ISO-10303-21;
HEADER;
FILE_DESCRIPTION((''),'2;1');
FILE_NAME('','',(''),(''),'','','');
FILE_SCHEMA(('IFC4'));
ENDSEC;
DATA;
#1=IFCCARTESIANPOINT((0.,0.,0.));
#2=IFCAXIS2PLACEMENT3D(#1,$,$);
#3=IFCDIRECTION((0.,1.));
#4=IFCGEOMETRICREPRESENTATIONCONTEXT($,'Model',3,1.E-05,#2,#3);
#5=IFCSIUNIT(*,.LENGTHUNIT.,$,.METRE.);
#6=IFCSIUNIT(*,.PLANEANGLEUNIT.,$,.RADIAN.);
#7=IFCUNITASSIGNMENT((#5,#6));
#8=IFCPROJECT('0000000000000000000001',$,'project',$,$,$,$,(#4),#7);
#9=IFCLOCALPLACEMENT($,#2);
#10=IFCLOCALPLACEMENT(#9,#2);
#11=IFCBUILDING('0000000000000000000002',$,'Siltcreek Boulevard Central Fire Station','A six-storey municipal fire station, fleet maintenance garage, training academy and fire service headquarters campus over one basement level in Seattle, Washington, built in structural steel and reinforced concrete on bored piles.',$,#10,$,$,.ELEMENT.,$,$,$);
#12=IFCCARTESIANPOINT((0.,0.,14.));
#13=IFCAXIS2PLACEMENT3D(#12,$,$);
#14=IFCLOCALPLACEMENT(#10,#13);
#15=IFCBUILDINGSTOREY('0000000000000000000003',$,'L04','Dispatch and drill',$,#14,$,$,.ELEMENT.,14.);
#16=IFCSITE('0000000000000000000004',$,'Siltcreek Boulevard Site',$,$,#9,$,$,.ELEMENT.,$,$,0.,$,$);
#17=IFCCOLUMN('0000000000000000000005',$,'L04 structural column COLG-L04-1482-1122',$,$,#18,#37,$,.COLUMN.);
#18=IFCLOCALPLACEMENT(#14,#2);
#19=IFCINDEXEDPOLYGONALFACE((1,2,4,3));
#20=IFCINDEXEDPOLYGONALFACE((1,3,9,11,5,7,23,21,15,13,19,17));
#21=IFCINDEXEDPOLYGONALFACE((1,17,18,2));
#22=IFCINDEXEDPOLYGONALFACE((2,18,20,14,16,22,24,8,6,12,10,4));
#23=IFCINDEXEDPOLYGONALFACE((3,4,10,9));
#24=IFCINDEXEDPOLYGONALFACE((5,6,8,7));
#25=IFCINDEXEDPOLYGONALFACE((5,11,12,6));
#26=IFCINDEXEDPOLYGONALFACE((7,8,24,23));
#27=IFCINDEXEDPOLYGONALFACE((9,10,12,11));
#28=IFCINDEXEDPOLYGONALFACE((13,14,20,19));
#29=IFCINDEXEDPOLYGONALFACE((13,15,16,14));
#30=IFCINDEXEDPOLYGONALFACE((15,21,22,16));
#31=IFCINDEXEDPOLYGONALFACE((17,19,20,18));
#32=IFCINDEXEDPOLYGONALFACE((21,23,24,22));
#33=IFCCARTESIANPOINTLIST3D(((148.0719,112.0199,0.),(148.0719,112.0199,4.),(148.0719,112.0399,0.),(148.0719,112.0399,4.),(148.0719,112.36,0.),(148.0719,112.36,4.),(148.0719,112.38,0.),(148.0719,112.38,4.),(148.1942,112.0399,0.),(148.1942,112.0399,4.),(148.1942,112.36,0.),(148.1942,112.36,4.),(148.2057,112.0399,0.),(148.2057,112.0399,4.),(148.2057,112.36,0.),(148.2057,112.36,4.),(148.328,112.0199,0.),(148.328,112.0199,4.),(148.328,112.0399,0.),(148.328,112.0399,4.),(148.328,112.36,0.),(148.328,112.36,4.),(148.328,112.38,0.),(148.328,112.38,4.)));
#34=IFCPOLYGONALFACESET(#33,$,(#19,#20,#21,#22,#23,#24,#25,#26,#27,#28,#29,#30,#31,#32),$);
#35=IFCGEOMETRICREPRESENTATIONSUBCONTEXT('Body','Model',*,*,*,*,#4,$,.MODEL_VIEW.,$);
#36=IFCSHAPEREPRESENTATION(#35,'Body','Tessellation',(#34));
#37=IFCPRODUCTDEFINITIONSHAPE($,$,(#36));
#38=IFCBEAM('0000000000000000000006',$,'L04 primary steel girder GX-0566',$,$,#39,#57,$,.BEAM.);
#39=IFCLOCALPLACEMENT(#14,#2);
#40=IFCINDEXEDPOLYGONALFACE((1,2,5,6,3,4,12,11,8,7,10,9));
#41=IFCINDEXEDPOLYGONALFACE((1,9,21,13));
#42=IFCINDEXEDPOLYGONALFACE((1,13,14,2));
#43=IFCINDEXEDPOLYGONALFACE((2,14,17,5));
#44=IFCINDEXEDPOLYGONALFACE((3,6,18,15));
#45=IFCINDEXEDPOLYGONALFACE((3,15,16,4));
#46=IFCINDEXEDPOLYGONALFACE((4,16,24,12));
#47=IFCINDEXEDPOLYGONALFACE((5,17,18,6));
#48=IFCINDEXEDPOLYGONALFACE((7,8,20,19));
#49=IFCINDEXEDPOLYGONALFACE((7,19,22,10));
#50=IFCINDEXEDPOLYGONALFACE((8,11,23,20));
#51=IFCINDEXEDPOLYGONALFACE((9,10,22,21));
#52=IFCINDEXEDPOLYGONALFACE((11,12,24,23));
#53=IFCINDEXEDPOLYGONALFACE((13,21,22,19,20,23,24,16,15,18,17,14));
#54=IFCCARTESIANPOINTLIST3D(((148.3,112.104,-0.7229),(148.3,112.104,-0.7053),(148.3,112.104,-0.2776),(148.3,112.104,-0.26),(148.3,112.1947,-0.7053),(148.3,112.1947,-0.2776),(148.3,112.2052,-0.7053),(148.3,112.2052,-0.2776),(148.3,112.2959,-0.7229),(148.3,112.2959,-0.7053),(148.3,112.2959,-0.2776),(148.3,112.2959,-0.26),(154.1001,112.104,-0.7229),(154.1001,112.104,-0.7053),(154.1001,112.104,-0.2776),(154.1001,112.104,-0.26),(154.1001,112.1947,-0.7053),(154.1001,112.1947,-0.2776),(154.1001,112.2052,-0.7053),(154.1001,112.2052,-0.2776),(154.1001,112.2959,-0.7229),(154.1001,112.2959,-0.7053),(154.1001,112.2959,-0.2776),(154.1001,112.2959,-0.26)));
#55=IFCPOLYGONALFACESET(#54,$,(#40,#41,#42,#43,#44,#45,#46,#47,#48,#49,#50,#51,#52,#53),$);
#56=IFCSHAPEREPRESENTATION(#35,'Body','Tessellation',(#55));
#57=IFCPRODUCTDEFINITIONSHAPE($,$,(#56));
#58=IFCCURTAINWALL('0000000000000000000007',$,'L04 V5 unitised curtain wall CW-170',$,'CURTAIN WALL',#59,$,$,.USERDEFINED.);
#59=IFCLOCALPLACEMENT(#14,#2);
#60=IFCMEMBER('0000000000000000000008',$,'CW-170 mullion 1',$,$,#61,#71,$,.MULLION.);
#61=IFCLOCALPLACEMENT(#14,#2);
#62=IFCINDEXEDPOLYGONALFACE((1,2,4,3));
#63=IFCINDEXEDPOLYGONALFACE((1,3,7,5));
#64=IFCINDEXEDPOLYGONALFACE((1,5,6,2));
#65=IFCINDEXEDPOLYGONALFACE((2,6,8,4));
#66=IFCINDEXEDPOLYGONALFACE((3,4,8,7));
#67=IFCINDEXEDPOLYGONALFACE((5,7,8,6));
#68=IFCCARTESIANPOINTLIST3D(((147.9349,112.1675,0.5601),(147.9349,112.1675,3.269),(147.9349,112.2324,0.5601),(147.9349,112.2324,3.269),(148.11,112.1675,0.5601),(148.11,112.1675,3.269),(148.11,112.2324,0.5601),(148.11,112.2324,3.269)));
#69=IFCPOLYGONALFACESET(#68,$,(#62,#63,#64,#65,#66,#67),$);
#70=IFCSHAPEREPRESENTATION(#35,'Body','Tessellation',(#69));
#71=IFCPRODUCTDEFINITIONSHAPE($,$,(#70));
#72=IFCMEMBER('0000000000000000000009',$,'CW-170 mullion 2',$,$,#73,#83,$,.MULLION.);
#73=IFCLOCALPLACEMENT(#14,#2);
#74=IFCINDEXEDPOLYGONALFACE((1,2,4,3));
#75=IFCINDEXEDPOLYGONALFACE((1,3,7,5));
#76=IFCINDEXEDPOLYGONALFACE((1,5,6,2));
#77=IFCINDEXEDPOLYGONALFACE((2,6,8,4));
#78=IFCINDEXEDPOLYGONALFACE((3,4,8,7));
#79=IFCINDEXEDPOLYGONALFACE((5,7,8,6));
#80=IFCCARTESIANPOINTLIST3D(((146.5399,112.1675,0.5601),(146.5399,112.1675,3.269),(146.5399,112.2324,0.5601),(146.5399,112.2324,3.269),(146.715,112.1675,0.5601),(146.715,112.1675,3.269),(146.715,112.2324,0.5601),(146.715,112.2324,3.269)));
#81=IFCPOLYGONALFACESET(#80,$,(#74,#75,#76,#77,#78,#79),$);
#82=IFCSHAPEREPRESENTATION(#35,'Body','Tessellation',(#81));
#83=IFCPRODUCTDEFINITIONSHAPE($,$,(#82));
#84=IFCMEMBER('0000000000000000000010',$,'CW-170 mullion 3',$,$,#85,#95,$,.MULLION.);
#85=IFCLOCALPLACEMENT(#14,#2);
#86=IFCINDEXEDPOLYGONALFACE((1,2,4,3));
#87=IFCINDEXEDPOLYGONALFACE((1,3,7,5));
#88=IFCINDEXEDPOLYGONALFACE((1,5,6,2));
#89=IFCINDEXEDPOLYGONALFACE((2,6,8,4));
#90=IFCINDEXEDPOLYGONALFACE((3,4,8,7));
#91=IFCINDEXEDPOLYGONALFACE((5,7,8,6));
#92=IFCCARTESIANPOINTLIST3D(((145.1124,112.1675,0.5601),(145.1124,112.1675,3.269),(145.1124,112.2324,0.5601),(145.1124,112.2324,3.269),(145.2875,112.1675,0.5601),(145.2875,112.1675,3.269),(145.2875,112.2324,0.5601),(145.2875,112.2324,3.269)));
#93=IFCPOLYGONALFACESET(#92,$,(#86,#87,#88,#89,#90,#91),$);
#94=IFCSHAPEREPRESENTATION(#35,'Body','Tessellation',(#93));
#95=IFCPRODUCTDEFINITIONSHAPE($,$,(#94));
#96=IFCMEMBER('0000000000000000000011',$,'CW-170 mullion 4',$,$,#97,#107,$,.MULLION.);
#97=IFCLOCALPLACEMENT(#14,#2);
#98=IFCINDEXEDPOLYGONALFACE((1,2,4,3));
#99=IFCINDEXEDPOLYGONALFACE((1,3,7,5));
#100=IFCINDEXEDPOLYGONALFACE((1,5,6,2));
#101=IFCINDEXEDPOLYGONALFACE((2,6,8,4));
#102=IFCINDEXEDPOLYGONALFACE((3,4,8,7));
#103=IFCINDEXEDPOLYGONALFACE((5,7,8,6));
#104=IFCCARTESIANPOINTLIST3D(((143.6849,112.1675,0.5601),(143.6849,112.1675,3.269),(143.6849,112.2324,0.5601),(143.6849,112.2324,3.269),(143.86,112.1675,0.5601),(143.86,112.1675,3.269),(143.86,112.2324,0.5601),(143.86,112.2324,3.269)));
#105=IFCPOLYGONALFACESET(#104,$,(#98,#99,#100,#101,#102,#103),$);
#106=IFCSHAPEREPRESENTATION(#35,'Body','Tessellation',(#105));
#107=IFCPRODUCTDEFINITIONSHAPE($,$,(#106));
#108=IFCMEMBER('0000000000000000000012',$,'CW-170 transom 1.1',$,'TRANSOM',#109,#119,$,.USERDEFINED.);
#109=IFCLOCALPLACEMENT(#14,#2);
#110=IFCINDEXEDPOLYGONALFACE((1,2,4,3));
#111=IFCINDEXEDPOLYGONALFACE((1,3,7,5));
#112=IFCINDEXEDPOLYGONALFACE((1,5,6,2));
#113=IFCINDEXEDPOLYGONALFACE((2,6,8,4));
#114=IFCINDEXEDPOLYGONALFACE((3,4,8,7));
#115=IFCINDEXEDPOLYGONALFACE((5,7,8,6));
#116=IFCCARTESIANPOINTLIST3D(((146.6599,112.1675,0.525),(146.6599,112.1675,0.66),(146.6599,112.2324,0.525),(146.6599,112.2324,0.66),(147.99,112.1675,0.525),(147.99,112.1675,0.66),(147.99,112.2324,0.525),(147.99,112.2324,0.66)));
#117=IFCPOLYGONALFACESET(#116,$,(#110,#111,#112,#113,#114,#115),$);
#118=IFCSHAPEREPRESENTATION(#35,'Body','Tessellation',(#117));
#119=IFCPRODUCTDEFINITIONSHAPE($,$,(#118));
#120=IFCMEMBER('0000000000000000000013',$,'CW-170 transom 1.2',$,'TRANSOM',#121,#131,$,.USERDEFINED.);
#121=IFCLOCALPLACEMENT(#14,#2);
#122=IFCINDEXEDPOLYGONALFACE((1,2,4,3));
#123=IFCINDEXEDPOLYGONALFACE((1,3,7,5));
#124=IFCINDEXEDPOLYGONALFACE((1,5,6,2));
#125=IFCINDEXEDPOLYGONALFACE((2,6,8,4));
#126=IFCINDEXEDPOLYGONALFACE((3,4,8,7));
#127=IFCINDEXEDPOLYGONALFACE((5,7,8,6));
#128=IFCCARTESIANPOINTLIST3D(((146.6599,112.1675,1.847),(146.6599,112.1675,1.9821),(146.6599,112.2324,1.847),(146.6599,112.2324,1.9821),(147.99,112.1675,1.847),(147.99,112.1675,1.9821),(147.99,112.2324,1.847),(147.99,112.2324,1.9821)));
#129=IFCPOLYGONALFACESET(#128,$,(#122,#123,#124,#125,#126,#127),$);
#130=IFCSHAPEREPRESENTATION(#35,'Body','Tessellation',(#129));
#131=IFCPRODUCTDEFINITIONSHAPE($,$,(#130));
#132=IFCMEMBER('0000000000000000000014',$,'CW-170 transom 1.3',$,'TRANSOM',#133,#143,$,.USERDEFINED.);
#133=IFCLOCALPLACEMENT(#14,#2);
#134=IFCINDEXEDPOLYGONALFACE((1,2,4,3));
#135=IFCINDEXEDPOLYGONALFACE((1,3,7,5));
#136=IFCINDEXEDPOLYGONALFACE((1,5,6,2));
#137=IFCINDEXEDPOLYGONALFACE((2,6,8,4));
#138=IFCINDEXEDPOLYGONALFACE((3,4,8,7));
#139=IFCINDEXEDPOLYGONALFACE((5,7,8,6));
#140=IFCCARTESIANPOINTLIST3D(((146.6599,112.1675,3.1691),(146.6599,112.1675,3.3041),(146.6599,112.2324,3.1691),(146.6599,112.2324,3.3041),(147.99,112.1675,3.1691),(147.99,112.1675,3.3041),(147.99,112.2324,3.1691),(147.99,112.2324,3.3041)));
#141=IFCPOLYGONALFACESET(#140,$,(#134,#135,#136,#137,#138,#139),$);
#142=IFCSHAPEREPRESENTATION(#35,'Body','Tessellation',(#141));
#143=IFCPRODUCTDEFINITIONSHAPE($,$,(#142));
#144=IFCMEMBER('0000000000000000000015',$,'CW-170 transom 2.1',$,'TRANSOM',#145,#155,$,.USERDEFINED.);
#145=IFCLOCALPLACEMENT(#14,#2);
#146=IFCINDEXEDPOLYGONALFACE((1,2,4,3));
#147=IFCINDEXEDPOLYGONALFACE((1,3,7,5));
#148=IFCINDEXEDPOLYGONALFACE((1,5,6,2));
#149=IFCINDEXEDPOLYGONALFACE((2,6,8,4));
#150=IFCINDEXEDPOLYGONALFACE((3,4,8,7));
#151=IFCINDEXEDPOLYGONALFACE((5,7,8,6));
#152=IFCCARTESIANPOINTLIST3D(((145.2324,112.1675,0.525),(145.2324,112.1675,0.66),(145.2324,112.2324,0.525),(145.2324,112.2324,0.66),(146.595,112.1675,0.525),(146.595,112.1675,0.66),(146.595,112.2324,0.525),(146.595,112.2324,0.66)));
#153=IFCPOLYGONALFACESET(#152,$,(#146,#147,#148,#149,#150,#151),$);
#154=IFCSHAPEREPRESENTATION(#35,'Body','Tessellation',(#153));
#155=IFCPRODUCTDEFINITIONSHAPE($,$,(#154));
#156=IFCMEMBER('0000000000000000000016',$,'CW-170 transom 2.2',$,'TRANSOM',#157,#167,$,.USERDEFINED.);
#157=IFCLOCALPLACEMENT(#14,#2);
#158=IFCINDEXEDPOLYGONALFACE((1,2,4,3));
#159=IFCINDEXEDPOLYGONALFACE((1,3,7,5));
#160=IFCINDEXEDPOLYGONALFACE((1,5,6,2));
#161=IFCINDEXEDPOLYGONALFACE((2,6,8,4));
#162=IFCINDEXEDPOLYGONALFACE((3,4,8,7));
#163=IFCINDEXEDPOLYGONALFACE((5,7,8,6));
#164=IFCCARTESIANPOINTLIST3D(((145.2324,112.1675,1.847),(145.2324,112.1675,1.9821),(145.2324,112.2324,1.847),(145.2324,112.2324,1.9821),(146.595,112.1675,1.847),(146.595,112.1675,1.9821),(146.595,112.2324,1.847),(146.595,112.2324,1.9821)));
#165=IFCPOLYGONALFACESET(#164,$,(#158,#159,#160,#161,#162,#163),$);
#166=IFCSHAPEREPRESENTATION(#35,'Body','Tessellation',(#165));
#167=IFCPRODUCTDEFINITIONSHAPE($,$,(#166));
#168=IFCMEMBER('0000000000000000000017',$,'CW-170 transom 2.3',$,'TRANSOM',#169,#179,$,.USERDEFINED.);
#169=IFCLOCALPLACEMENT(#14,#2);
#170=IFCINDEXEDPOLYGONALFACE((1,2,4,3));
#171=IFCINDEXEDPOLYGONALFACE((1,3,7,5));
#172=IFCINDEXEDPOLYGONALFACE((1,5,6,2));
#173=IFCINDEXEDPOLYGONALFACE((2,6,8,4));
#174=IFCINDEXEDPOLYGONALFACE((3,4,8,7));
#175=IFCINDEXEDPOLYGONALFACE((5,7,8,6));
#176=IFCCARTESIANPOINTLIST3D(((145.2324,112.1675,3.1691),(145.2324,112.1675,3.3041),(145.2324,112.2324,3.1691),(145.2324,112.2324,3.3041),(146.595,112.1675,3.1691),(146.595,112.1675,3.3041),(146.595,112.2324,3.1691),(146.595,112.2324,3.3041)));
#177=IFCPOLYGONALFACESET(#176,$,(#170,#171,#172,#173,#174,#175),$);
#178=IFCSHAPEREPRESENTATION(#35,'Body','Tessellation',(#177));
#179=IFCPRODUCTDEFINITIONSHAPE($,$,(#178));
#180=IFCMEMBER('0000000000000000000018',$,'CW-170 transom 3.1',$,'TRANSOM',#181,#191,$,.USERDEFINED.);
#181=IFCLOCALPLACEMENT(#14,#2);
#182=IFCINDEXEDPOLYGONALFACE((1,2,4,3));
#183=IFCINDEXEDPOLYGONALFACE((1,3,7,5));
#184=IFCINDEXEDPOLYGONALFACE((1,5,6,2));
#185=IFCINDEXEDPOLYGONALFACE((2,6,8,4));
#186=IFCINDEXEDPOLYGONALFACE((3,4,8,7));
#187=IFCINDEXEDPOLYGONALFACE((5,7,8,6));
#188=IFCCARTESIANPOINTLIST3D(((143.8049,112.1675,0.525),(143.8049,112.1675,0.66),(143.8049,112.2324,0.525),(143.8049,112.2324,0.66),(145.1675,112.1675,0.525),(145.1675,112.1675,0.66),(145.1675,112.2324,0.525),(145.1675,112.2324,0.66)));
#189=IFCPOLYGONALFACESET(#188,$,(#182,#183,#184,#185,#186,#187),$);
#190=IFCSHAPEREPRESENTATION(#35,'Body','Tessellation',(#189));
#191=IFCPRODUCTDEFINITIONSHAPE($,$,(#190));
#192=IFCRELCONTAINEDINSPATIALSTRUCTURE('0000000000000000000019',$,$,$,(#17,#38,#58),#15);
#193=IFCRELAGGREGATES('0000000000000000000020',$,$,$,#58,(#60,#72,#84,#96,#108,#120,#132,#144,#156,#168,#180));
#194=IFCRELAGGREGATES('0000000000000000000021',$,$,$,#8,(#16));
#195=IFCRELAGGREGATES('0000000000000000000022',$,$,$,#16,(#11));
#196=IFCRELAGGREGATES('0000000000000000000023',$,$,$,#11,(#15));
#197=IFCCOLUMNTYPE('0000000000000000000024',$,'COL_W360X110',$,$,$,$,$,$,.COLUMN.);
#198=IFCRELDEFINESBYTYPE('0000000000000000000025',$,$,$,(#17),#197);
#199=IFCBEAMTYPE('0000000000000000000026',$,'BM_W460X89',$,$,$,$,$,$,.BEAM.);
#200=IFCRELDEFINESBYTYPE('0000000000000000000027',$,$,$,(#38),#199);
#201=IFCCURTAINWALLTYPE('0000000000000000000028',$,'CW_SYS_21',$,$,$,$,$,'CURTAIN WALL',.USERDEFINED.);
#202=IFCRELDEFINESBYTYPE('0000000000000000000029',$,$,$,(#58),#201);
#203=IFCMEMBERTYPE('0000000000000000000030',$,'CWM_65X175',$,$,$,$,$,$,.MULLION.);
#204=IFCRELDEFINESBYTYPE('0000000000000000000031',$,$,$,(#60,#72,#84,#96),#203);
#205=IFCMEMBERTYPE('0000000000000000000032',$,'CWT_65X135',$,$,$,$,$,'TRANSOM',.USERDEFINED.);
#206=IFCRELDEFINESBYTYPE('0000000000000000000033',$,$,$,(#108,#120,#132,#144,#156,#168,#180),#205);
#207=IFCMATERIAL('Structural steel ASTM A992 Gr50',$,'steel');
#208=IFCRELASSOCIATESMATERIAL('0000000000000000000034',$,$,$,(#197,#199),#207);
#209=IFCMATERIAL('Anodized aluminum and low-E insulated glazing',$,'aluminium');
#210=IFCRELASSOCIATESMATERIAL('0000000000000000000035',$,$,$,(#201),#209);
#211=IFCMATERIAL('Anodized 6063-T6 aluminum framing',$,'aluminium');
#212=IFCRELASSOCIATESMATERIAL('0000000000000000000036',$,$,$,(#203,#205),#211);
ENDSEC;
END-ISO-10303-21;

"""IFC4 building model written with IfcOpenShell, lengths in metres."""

from ifc_helpers import new_model, si_unit, direction, frame, origin, origin_2d, place, context, subcontext, project, spatial, rectangle, i_section, extrude, material, material_profile, profile_set, type_object, element, aggregate, save


model = new_model("IFC4")

# Units and contexts
model_context = context("Model", 3, precision=1e-05, world=origin(), true_north=direction((0.0, 1.0)))
body_context = subcontext(model_context, "Body", "Model", "MODEL_VIEW")
ifc_project = project(units=[si_unit("LENGTHUNIT", "METRE"), si_unit("PLANEANGLEUNIT", "RADIAN")], contexts=[model_context])

# Site, building, storey
site_placement = place(None, origin())
site = spatial("IfcSite", under=ifc_project, at=site_placement, Name="Siltcreek Boulevard Site", CompositionType="ELEMENT", RefElevation=0.0)
building_placement = place(site_placement, origin())
building = spatial("IfcBuilding", under=site, at=building_placement, Name="Siltcreek Boulevard Central Fire Station", Description="A six-storey municipal fire station, fleet maintenance garage, training academy and fire service headquarters campus over one basement level in Seattle, Washington, built in structural steel and reinforced concrete on bored piles.", CompositionType="ELEMENT")
storey_placement = place(building_placement, frame((0.0, 0.0, 14.0)))
storey = spatial("IfcBuildingStorey", under=building, at=storey_placement, Name="L04", Description="Dispatch and drill", CompositionType="ELEMENT", Elevation=14.0)

# Column
ifc_material_1 = material(Name="Structural steel ASTM A992 Gr50", Category="steel")
ifc_material_profile_1 = material_profile(ifc_material_1, i_section(OverallWidth=0.2561, OverallDepth=0.3601, WebThickness=0.0115, FlangeThickness=0.02, at=origin_2d()), Name="W360X110")
ifc_profile_set_1 = profile_set([ifc_material_profile_1], Name="Structural steel ASTM A992 Gr50")
column_type = type_object("IfcColumnType", Name="COL_W360X110", PredefinedType="COLUMN", material=ifc_profile_set_1)
column_placement = place(storey_placement, frame((148.2, 112.2, 0.0), z_axis=(0.0, 0.0, 1.0), x_axis=(1.0, 0.0, 0.0)))
element("IfcColumn", 1, at=column_placement, inside=storey, type_object=column_type, Name="L04 structural column COLG-L04-1482-1122", PredefinedType="COLUMN", context=body_context, shape_type="SweptSolid", body=[
    extrude(i_section(OverallWidth=0.2561, OverallDepth=0.3601, WebThickness=0.0115, FlangeThickness=0.02, at=origin_2d()), origin(), (0.0, 0.0, 1.0), 4.0),
])

# Beam
ifc_material_profile_2 = material_profile(ifc_material_1, i_section(OverallWidth=0.1919, OverallDepth=0.4629, WebThickness=0.0105, FlangeThickness=0.0176, at=origin_2d()), Name="W460X89")
ifc_profile_set_2 = profile_set([ifc_material_profile_2], Name="Structural steel ASTM A992 Gr50")
beam_type = type_object("IfcBeamType", Name="BM_W460X89", PredefinedType="BEAM", material=ifc_profile_set_2)
beam_placement = place(storey_placement, frame((148.3, 112.2, -0.4915), z_axis=(1.0, 0.0, 0.0), x_axis=(0.0, 1.0, 0.0)))
element("IfcBeam", 2, at=beam_placement, inside=storey, type_object=beam_type, Name="L04 primary steel girder GX-0566", PredefinedType="BEAM", context=body_context, shape_type="SweptSolid", body=[
    extrude(i_section(OverallWidth=0.1919, OverallDepth=0.4629, WebThickness=0.0105, FlangeThickness=0.0176, at=origin_2d()), origin(), (0.0, 0.0, 1.0), 5.8),
])

# Curtain wall, members
ifc_material_2 = material(Name="Anodized aluminum and low-E insulated glazing", Category="aluminium")
curtain_wall_type = type_object("IfcCurtainWallType", Name="CW_SYS_21", ElementType="CURTAIN WALL", PredefinedType="USERDEFINED", material=ifc_material_2)
curtain_wall_placement = place(storey_placement, origin())
curtain_wall = element("IfcCurtainWall", 3, at=curtain_wall_placement, inside=storey, type_object=curtain_wall_type, Name="L04 V5 unitised curtain wall CW-170", ObjectType="CURTAIN WALL", PredefinedType="USERDEFINED")
ifc_material_3 = material(Name="Anodized 6063-T6 aluminum framing", Category="aluminium")
ifc_material_profile_3 = material_profile(ifc_material_3, rectangle(XDim=0.0649, YDim=0.175, at=origin_2d()), Name="MULL65X175")
ifc_profile_set_3 = profile_set([ifc_material_profile_3], Name="Anodized 6063-T6 aluminum framing")
member_type_1 = type_object("IfcMemberType", Name="CWM_65X175", PredefinedType="MULLION", material=ifc_profile_set_3)
member_1_placement = place(storey_placement, frame((148.0225, 112.2, 0.5601), z_axis=(0.0, 0.0, 1.0), x_axis=(0.0, -1.0, 0.0)))
member_1 = element("IfcMember", 4, at=member_1_placement, type_object=member_type_1, Name="CW-170 mullion 1", PredefinedType="MULLION", context=body_context, shape_type="SweptSolid", body=[
    extrude(rectangle(XDim=0.0649, YDim=0.175, at=origin_2d()), origin(), (0.0, 0.0, 1.0), 2.709),
])
member_2_placement = place(storey_placement, frame((146.6274, 112.2, 0.5601), z_axis=(0.0, 0.0, 1.0), x_axis=(0.0, -1.0, 0.0)))
member_2 = element("IfcMember", 5, at=member_2_placement, type_object=member_type_1, Name="CW-170 mullion 2", PredefinedType="MULLION", context=body_context, shape_type="SweptSolid", body=[
    extrude(rectangle(XDim=0.0649, YDim=0.175, at=origin_2d()), origin(), (0.0, 0.0, 1.0), 2.709),
])
member_3_placement = place(storey_placement, frame((145.2, 112.2, 0.5601), z_axis=(0.0, 0.0, 1.0), x_axis=(0.0, -1.0, 0.0)))
member_3 = element("IfcMember", 6, at=member_3_placement, type_object=member_type_1, Name="CW-170 mullion 3", PredefinedType="MULLION", context=body_context, shape_type="SweptSolid", body=[
    extrude(rectangle(XDim=0.0649, YDim=0.175, at=origin_2d()), origin(), (0.0, 0.0, 1.0), 2.709),
])
member_4_placement = place(storey_placement, frame((143.7725, 112.2, 0.5601), z_axis=(0.0, 0.0, 1.0), x_axis=(0.0, -1.0, 0.0)))
member_4 = element("IfcMember", 7, at=member_4_placement, type_object=member_type_1, Name="CW-170 mullion 4", PredefinedType="MULLION", context=body_context, shape_type="SweptSolid", body=[
    extrude(rectangle(XDim=0.0649, YDim=0.175, at=origin_2d()), origin(), (0.0, 0.0, 1.0), 2.709),
])
ifc_material_profile_4 = material_profile(ifc_material_3, rectangle(XDim=0.0649, YDim=0.135, at=origin_2d()), Name="TRAN65X135")
ifc_profile_set_4 = profile_set([ifc_material_profile_4], Name="Anodized 6063-T6 aluminum framing")
member_type_2 = type_object("IfcMemberType", Name="CWT_65X135", ElementType="TRANSOM", PredefinedType="USERDEFINED", material=ifc_profile_set_4)
member_5_placement = place(storey_placement, frame((147.99, 112.2, 0.5925), z_axis=(-1.0, 0.0, 0.0), x_axis=(0.0, -1.0, 0.0)))
member_5 = element("IfcMember", 8, at=member_5_placement, type_object=member_type_2, Name="CW-170 transom 1.1", ObjectType="TRANSOM", PredefinedType="USERDEFINED", context=body_context, shape_type="SweptSolid", body=[
    extrude(rectangle(XDim=0.0649, YDim=0.135, at=origin_2d()), origin(), (0.0, 0.0, 1.0), 1.3301),
])
member_6_placement = place(storey_placement, frame((147.99, 112.2, 1.9146), z_axis=(-1.0, 0.0, 0.0), x_axis=(0.0, -1.0, 0.0)))
member_6 = element("IfcMember", 9, at=member_6_placement, type_object=member_type_2, Name="CW-170 transom 1.2", ObjectType="TRANSOM", PredefinedType="USERDEFINED", context=body_context, shape_type="SweptSolid", body=[
    extrude(rectangle(XDim=0.0649, YDim=0.135, at=origin_2d()), origin(), (0.0, 0.0, 1.0), 1.3301),
])
member_7_placement = place(storey_placement, frame((147.99, 112.2, 3.2366), z_axis=(-1.0, 0.0, 0.0), x_axis=(0.0, -1.0, 0.0)))
member_7 = element("IfcMember", 10, at=member_7_placement, type_object=member_type_2, Name="CW-170 transom 1.3", ObjectType="TRANSOM", PredefinedType="USERDEFINED", context=body_context, shape_type="SweptSolid", body=[
    extrude(rectangle(XDim=0.0649, YDim=0.135, at=origin_2d()), origin(), (0.0, 0.0, 1.0), 1.3301),
])
member_8_placement = place(storey_placement, frame((146.595, 112.2, 0.5925), z_axis=(-1.0, 0.0, 0.0), x_axis=(0.0, -1.0, 0.0)))
member_8 = element("IfcMember", 11, at=member_8_placement, type_object=member_type_2, Name="CW-170 transom 2.1", ObjectType="TRANSOM", PredefinedType="USERDEFINED", context=body_context, shape_type="SweptSolid", body=[
    extrude(rectangle(XDim=0.0649, YDim=0.135, at=origin_2d()), origin(), (0.0, 0.0, 1.0), 1.3625),
])
member_9_placement = place(storey_placement, frame((146.595, 112.2, 1.9146), z_axis=(-1.0, 0.0, 0.0), x_axis=(0.0, -1.0, 0.0)))
member_9 = element("IfcMember", 12, at=member_9_placement, type_object=member_type_2, Name="CW-170 transom 2.2", ObjectType="TRANSOM", PredefinedType="USERDEFINED", context=body_context, shape_type="SweptSolid", body=[
    extrude(rectangle(XDim=0.0649, YDim=0.135, at=origin_2d()), origin(), (0.0, 0.0, 1.0), 1.3625),
])
member_10_placement = place(storey_placement, frame((146.595, 112.2, 3.2366), z_axis=(-1.0, 0.0, 0.0), x_axis=(0.0, -1.0, 0.0)))
member_10 = element("IfcMember", 13, at=member_10_placement, type_object=member_type_2, Name="CW-170 transom 2.3", ObjectType="TRANSOM", PredefinedType="USERDEFINED", context=body_context, shape_type="SweptSolid", body=[
    extrude(rectangle(XDim=0.0649, YDim=0.135, at=origin_2d()), origin(), (0.0, 0.0, 1.0), 1.3625),
])
member_11_placement = place(storey_placement, frame((145.1675, 112.2, 0.5925), z_axis=(-1.0, 0.0, 0.0), x_axis=(0.0, -1.0, 0.0)))
member_11 = element("IfcMember", 14, at=member_11_placement, type_object=member_type_2, Name="CW-170 transom 3.1", ObjectType="TRANSOM", PredefinedType="USERDEFINED", context=body_context, shape_type="SweptSolid", body=[
    extrude(rectangle(XDim=0.0649, YDim=0.135, at=origin_2d()), origin(), (0.0, 0.0, 1.0), 1.3625),
])
aggregate(curtain_wall, [member_1, member_2, member_3, member_4, member_5, member_6, member_7, member_8, member_9, member_10, member_11])

save(model, "model.ifc")
